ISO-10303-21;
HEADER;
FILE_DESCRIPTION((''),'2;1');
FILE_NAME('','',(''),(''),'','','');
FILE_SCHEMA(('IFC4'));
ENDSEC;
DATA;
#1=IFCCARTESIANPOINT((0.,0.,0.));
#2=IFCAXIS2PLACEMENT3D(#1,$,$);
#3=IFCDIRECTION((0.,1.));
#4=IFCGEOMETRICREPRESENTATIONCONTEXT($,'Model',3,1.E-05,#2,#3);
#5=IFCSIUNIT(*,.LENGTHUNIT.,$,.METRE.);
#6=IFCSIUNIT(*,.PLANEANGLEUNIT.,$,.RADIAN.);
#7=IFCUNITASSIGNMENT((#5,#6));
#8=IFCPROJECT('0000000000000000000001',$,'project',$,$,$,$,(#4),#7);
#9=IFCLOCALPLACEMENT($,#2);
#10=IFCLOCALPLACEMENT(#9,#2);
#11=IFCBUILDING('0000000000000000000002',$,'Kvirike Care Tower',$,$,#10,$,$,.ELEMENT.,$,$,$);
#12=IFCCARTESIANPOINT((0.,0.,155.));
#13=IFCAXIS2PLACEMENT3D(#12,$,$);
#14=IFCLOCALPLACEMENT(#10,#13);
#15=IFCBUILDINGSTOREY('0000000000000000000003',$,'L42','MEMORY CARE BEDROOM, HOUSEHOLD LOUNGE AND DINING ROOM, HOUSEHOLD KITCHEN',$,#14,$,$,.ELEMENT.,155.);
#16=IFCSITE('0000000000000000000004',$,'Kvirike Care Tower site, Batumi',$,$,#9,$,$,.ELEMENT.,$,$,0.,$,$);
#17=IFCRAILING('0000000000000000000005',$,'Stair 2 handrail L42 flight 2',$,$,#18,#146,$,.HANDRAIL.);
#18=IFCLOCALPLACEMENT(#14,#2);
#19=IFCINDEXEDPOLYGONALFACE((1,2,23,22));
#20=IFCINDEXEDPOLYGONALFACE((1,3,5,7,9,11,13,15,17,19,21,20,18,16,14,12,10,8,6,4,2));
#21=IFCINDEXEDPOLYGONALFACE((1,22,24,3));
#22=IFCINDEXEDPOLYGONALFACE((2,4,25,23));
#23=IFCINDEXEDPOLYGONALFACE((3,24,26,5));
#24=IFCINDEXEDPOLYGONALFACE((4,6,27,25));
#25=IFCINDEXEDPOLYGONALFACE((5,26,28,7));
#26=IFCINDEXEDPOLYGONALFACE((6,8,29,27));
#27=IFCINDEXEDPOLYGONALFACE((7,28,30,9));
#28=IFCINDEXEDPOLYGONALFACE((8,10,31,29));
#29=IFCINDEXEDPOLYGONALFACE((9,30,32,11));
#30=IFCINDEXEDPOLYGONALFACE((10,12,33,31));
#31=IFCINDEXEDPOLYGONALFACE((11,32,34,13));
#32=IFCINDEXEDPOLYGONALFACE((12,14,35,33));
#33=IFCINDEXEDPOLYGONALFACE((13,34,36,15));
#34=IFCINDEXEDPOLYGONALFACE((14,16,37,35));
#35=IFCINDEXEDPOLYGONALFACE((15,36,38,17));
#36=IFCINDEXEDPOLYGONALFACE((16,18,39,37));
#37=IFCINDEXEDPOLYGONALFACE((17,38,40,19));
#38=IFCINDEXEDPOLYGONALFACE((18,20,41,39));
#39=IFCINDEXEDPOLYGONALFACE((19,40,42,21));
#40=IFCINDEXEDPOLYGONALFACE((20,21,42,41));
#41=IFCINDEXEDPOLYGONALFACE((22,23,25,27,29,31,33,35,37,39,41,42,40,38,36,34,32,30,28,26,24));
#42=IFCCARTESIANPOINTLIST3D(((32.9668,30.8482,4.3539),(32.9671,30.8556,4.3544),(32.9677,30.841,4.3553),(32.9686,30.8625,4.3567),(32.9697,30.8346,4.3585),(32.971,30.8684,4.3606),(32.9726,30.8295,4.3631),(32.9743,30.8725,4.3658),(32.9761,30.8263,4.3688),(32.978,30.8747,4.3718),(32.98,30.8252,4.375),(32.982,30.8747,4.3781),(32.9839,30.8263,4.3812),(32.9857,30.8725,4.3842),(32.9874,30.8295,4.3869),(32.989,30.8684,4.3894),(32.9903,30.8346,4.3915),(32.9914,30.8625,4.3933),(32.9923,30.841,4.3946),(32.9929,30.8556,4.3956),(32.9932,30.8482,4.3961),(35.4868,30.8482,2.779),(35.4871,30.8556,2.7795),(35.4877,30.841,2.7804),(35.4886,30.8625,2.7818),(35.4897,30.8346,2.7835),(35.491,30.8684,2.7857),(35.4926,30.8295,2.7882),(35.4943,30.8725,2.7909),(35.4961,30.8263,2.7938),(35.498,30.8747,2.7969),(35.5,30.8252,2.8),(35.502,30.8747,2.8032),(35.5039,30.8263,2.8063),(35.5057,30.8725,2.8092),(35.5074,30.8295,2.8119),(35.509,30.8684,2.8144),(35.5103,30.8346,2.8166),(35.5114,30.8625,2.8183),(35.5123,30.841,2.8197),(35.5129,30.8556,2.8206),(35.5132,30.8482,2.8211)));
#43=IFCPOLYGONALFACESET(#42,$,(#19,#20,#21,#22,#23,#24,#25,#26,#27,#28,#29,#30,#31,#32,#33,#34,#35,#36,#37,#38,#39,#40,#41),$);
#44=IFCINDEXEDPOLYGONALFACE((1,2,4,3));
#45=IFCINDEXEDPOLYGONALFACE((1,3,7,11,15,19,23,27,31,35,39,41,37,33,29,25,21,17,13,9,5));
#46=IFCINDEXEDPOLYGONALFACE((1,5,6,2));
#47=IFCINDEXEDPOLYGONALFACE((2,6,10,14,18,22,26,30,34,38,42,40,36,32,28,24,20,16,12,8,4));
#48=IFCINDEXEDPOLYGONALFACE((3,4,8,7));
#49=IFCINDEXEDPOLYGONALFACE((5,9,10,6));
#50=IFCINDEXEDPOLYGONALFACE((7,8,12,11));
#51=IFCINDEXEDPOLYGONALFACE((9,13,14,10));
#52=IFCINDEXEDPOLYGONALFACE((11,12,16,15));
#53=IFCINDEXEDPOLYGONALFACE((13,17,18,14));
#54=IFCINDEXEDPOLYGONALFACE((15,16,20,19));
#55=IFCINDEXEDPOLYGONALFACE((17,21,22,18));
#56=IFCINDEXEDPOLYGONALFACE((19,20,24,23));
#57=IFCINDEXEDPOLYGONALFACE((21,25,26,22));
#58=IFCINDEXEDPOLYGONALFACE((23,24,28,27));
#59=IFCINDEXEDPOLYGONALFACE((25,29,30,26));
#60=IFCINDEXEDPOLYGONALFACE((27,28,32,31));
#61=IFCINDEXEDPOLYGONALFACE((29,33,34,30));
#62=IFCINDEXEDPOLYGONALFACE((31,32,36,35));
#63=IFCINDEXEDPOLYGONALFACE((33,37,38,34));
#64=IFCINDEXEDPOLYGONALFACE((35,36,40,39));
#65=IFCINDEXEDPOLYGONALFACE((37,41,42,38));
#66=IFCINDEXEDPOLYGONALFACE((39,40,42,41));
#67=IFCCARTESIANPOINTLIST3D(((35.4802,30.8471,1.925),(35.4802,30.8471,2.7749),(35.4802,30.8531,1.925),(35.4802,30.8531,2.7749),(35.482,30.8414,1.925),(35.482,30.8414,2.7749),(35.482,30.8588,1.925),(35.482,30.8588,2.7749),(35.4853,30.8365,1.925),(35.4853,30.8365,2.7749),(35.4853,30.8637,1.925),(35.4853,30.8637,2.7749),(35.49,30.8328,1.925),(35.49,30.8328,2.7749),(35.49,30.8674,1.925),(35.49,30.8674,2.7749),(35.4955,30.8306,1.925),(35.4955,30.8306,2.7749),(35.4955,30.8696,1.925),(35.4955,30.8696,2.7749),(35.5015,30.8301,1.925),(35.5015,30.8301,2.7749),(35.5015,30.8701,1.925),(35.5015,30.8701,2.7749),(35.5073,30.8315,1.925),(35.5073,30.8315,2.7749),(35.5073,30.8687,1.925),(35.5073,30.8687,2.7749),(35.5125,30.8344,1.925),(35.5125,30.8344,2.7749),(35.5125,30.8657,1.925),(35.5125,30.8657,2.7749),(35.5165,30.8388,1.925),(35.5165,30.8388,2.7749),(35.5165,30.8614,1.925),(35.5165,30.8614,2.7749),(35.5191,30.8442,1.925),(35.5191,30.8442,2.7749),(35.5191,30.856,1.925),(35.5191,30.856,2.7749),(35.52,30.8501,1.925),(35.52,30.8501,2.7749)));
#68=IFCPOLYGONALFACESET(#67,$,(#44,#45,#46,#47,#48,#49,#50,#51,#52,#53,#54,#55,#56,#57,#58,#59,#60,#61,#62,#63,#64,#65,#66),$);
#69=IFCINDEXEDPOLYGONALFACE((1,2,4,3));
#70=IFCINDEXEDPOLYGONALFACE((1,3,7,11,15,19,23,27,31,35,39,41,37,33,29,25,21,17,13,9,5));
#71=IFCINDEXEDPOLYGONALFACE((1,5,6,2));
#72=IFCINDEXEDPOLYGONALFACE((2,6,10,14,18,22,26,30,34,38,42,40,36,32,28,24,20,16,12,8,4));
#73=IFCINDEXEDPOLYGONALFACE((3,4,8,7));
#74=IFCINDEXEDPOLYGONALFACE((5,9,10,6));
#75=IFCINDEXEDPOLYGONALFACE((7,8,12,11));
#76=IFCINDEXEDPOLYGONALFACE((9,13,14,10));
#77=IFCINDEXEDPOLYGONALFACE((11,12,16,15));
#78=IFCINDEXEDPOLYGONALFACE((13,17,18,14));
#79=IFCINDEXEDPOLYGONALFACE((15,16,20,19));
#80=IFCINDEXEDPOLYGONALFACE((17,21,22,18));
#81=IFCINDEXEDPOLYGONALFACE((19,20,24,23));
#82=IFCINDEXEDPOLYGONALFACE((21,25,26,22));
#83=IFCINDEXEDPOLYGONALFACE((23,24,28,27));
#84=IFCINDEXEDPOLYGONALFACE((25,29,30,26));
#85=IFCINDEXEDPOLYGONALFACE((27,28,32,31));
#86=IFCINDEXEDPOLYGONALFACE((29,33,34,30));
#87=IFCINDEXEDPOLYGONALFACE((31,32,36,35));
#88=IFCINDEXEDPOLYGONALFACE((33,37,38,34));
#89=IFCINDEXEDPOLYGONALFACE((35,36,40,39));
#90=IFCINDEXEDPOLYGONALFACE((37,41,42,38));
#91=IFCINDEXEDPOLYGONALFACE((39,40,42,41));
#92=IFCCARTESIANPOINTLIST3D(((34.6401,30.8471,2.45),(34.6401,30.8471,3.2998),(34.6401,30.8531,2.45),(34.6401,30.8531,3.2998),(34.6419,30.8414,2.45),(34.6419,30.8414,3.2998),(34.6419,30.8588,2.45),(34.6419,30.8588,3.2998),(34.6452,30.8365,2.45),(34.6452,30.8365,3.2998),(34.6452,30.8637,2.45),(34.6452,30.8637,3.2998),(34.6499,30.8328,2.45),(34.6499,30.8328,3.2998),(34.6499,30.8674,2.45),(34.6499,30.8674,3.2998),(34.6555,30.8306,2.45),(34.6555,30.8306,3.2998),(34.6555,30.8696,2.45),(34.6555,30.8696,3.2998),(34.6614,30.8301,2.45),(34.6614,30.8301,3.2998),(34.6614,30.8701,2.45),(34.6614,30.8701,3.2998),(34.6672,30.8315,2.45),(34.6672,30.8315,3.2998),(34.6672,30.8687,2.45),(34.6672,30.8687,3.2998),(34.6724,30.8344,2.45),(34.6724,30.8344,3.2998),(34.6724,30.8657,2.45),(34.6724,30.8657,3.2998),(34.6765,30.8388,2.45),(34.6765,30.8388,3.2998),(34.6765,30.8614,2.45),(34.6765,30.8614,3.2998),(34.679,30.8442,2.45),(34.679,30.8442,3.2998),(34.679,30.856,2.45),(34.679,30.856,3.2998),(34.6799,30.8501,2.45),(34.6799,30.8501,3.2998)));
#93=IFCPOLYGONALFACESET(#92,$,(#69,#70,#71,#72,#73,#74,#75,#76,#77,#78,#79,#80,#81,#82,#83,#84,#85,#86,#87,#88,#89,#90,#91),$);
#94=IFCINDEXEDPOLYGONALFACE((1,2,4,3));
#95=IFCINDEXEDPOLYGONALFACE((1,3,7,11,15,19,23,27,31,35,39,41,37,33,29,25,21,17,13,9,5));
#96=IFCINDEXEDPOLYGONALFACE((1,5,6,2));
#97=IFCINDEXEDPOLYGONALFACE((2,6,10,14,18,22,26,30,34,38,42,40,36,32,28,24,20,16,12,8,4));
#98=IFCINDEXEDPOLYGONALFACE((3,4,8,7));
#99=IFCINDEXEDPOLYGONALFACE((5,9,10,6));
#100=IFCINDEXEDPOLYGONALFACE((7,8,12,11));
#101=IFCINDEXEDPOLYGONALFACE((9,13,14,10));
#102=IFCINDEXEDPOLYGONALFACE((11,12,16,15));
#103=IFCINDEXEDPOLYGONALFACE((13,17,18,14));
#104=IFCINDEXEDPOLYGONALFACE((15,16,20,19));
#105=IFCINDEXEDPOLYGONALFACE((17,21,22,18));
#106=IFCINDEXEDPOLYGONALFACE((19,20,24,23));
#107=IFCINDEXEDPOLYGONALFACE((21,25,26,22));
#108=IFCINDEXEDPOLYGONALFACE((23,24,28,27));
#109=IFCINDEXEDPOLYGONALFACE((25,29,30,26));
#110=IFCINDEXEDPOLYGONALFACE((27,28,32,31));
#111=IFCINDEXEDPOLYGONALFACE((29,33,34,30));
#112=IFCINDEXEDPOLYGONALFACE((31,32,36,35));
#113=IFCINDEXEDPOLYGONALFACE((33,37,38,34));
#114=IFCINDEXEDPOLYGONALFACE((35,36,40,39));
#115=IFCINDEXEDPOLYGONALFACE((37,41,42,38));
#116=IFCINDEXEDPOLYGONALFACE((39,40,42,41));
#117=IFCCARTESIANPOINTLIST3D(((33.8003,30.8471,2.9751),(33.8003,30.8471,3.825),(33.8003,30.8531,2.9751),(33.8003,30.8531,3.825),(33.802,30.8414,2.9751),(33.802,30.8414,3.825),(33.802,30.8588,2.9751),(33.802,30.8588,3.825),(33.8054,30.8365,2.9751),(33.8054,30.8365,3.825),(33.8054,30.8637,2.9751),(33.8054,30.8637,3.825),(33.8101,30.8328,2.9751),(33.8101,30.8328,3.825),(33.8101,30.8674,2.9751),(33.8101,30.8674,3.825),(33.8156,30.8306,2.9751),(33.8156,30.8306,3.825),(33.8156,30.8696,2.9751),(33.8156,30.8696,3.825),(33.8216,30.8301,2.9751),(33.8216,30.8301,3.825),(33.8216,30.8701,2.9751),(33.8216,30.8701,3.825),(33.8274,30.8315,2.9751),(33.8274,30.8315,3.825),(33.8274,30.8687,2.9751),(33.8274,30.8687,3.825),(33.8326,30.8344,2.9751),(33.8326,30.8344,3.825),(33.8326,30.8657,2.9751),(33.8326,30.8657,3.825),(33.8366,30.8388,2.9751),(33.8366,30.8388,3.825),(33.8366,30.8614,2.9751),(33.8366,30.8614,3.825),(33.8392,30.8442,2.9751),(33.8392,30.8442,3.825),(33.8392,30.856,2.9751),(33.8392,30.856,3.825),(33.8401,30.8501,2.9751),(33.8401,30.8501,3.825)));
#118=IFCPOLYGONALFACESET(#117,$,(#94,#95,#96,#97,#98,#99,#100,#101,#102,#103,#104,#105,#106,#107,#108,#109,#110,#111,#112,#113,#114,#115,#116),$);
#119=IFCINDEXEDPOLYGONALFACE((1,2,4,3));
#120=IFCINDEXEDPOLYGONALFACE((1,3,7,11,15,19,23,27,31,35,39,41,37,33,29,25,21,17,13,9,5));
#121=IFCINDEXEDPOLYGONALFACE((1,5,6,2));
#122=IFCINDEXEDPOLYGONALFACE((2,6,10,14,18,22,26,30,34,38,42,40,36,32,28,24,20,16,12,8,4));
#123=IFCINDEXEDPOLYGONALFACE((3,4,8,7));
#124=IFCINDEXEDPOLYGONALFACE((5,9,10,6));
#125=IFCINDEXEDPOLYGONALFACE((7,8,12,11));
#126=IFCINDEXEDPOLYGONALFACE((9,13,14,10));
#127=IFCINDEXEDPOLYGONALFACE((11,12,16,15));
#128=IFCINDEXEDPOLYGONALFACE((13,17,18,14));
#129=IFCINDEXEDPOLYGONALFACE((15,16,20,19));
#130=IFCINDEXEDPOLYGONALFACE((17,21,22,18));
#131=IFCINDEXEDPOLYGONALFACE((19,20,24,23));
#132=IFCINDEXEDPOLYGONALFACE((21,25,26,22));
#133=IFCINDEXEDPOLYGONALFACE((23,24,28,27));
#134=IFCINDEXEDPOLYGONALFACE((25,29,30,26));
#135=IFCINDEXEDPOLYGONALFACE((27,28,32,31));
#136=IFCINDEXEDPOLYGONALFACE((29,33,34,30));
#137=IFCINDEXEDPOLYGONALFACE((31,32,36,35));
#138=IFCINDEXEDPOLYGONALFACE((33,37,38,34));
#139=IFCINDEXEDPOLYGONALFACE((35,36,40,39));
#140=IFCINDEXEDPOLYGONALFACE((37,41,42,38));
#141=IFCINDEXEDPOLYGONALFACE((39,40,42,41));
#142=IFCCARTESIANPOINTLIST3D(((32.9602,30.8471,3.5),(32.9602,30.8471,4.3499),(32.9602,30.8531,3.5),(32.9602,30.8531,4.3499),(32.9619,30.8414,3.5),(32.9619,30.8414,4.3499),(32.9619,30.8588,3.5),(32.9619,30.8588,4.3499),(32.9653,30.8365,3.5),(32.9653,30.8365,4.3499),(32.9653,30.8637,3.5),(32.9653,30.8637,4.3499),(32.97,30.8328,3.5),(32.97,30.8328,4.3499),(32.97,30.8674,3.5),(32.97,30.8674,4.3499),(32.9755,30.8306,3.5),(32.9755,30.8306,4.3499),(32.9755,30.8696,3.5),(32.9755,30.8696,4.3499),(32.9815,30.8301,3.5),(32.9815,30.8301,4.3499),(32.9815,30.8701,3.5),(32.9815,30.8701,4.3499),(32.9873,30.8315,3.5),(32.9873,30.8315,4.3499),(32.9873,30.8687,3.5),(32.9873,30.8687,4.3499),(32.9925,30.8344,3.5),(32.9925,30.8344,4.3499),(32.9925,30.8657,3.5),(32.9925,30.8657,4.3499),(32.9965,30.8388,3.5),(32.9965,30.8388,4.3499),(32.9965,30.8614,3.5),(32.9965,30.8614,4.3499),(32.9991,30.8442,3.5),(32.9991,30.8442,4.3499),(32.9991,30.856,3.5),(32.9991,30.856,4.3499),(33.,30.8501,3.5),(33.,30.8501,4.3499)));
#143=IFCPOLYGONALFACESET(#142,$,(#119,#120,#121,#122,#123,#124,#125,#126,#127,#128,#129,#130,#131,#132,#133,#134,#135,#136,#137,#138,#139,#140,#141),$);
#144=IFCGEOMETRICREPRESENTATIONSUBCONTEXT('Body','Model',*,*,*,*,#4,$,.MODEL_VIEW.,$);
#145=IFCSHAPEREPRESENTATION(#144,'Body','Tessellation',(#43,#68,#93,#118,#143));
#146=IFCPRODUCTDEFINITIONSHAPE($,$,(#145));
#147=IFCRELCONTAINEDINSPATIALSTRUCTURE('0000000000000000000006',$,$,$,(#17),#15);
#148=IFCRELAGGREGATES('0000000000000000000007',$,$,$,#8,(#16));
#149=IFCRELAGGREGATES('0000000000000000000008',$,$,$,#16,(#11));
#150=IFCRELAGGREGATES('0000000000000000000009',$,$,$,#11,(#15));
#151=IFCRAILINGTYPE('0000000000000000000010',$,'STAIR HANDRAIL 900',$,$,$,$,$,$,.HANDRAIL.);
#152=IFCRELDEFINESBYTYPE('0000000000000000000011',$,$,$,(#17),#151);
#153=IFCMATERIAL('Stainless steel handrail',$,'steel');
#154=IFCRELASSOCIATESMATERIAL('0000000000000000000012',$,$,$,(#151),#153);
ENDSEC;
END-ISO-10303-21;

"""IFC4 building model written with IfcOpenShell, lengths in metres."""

from ifc_helpers import new_model, si_unit, direction, frame, origin, origin_2d, place, context, subcontext, project, spatial, circle, extrude, material, type_object, element, save


model = new_model("IFC4")

# Units and contexts
model_context = context("Model", 3, precision=1e-05, world=origin(), true_north=direction((0.0, 1.0)))
body_context = subcontext(model_context, "Body", "Model", "MODEL_VIEW")
ifc_project = project(units=[si_unit("LENGTHUNIT", "METRE"), si_unit("PLANEANGLEUNIT", "RADIAN")], contexts=[model_context])

# Site, building, storey
site_placement = place(None, origin())
site = spatial("IfcSite", under=ifc_project, at=site_placement, Name="Kvirike Care Tower site, Batumi", CompositionType="ELEMENT", RefElevation=0.0)
building_placement = place(site_placement, origin())
building = spatial("IfcBuilding", under=site, at=building_placement, Name="Kvirike Care Tower", CompositionType="ELEMENT")
storey_placement = place(building_placement, frame((0.0, 0.0, 155.0)))
storey = spatial("IfcBuildingStorey", under=building, at=storey_placement, Name="L42", Description="MEMORY CARE BEDROOM, HOUSEHOLD LOUNGE AND DINING ROOM, HOUSEHOLD KITCHEN", CompositionType="ELEMENT", Elevation=155.0)

# Railing
ifc_material_1 = material(Name="Stainless steel handrail", Category="steel")
railing_type = type_object("IfcRailingType", Name="STAIR HANDRAIL 900", PredefinedType="HANDRAIL", material=ifc_material_1)
railing_1_placement = place(storey_placement, frame((35.5, 30.8501, 1.925)))
element("IfcRailing", 1, at=railing_1_placement, inside=storey, type_object=railing_type, Name="Stair 2 handrail L42 flight 2", PredefinedType="HANDRAIL", context=body_context, shape_type="SweptSolid", body=[
    extrude(circle(Radius=0.0249, at=origin_2d()), frame((0.0, 0.0, 0.875), z_axis=(-0.848008, 0.0, 0.529984), x_axis=(0.0, -1.0, 0.0)), (0.0, 0.0, 1.0), 2.9717),
    extrude(circle(Radius=0.02, at=origin_2d()), origin(), (0.0, 0.0, 1.0), 0.8499),
    extrude(circle(Radius=0.02, at=origin_2d()), frame((-0.8401, 0.0, 0.5249)), (0.0, 0.0, 1.0), 0.8499),
    extrude(circle(Radius=0.02, at=origin_2d()), frame((-1.6799, 0.0, 1.05)), (0.0, 0.0, 1.0), 0.8499),
    extrude(circle(Radius=0.02, at=origin_2d()), frame((-2.52, 0.0, 1.575)), (0.0, 0.0, 1.0), 0.8499),
])

save(model, "model.ifc")
